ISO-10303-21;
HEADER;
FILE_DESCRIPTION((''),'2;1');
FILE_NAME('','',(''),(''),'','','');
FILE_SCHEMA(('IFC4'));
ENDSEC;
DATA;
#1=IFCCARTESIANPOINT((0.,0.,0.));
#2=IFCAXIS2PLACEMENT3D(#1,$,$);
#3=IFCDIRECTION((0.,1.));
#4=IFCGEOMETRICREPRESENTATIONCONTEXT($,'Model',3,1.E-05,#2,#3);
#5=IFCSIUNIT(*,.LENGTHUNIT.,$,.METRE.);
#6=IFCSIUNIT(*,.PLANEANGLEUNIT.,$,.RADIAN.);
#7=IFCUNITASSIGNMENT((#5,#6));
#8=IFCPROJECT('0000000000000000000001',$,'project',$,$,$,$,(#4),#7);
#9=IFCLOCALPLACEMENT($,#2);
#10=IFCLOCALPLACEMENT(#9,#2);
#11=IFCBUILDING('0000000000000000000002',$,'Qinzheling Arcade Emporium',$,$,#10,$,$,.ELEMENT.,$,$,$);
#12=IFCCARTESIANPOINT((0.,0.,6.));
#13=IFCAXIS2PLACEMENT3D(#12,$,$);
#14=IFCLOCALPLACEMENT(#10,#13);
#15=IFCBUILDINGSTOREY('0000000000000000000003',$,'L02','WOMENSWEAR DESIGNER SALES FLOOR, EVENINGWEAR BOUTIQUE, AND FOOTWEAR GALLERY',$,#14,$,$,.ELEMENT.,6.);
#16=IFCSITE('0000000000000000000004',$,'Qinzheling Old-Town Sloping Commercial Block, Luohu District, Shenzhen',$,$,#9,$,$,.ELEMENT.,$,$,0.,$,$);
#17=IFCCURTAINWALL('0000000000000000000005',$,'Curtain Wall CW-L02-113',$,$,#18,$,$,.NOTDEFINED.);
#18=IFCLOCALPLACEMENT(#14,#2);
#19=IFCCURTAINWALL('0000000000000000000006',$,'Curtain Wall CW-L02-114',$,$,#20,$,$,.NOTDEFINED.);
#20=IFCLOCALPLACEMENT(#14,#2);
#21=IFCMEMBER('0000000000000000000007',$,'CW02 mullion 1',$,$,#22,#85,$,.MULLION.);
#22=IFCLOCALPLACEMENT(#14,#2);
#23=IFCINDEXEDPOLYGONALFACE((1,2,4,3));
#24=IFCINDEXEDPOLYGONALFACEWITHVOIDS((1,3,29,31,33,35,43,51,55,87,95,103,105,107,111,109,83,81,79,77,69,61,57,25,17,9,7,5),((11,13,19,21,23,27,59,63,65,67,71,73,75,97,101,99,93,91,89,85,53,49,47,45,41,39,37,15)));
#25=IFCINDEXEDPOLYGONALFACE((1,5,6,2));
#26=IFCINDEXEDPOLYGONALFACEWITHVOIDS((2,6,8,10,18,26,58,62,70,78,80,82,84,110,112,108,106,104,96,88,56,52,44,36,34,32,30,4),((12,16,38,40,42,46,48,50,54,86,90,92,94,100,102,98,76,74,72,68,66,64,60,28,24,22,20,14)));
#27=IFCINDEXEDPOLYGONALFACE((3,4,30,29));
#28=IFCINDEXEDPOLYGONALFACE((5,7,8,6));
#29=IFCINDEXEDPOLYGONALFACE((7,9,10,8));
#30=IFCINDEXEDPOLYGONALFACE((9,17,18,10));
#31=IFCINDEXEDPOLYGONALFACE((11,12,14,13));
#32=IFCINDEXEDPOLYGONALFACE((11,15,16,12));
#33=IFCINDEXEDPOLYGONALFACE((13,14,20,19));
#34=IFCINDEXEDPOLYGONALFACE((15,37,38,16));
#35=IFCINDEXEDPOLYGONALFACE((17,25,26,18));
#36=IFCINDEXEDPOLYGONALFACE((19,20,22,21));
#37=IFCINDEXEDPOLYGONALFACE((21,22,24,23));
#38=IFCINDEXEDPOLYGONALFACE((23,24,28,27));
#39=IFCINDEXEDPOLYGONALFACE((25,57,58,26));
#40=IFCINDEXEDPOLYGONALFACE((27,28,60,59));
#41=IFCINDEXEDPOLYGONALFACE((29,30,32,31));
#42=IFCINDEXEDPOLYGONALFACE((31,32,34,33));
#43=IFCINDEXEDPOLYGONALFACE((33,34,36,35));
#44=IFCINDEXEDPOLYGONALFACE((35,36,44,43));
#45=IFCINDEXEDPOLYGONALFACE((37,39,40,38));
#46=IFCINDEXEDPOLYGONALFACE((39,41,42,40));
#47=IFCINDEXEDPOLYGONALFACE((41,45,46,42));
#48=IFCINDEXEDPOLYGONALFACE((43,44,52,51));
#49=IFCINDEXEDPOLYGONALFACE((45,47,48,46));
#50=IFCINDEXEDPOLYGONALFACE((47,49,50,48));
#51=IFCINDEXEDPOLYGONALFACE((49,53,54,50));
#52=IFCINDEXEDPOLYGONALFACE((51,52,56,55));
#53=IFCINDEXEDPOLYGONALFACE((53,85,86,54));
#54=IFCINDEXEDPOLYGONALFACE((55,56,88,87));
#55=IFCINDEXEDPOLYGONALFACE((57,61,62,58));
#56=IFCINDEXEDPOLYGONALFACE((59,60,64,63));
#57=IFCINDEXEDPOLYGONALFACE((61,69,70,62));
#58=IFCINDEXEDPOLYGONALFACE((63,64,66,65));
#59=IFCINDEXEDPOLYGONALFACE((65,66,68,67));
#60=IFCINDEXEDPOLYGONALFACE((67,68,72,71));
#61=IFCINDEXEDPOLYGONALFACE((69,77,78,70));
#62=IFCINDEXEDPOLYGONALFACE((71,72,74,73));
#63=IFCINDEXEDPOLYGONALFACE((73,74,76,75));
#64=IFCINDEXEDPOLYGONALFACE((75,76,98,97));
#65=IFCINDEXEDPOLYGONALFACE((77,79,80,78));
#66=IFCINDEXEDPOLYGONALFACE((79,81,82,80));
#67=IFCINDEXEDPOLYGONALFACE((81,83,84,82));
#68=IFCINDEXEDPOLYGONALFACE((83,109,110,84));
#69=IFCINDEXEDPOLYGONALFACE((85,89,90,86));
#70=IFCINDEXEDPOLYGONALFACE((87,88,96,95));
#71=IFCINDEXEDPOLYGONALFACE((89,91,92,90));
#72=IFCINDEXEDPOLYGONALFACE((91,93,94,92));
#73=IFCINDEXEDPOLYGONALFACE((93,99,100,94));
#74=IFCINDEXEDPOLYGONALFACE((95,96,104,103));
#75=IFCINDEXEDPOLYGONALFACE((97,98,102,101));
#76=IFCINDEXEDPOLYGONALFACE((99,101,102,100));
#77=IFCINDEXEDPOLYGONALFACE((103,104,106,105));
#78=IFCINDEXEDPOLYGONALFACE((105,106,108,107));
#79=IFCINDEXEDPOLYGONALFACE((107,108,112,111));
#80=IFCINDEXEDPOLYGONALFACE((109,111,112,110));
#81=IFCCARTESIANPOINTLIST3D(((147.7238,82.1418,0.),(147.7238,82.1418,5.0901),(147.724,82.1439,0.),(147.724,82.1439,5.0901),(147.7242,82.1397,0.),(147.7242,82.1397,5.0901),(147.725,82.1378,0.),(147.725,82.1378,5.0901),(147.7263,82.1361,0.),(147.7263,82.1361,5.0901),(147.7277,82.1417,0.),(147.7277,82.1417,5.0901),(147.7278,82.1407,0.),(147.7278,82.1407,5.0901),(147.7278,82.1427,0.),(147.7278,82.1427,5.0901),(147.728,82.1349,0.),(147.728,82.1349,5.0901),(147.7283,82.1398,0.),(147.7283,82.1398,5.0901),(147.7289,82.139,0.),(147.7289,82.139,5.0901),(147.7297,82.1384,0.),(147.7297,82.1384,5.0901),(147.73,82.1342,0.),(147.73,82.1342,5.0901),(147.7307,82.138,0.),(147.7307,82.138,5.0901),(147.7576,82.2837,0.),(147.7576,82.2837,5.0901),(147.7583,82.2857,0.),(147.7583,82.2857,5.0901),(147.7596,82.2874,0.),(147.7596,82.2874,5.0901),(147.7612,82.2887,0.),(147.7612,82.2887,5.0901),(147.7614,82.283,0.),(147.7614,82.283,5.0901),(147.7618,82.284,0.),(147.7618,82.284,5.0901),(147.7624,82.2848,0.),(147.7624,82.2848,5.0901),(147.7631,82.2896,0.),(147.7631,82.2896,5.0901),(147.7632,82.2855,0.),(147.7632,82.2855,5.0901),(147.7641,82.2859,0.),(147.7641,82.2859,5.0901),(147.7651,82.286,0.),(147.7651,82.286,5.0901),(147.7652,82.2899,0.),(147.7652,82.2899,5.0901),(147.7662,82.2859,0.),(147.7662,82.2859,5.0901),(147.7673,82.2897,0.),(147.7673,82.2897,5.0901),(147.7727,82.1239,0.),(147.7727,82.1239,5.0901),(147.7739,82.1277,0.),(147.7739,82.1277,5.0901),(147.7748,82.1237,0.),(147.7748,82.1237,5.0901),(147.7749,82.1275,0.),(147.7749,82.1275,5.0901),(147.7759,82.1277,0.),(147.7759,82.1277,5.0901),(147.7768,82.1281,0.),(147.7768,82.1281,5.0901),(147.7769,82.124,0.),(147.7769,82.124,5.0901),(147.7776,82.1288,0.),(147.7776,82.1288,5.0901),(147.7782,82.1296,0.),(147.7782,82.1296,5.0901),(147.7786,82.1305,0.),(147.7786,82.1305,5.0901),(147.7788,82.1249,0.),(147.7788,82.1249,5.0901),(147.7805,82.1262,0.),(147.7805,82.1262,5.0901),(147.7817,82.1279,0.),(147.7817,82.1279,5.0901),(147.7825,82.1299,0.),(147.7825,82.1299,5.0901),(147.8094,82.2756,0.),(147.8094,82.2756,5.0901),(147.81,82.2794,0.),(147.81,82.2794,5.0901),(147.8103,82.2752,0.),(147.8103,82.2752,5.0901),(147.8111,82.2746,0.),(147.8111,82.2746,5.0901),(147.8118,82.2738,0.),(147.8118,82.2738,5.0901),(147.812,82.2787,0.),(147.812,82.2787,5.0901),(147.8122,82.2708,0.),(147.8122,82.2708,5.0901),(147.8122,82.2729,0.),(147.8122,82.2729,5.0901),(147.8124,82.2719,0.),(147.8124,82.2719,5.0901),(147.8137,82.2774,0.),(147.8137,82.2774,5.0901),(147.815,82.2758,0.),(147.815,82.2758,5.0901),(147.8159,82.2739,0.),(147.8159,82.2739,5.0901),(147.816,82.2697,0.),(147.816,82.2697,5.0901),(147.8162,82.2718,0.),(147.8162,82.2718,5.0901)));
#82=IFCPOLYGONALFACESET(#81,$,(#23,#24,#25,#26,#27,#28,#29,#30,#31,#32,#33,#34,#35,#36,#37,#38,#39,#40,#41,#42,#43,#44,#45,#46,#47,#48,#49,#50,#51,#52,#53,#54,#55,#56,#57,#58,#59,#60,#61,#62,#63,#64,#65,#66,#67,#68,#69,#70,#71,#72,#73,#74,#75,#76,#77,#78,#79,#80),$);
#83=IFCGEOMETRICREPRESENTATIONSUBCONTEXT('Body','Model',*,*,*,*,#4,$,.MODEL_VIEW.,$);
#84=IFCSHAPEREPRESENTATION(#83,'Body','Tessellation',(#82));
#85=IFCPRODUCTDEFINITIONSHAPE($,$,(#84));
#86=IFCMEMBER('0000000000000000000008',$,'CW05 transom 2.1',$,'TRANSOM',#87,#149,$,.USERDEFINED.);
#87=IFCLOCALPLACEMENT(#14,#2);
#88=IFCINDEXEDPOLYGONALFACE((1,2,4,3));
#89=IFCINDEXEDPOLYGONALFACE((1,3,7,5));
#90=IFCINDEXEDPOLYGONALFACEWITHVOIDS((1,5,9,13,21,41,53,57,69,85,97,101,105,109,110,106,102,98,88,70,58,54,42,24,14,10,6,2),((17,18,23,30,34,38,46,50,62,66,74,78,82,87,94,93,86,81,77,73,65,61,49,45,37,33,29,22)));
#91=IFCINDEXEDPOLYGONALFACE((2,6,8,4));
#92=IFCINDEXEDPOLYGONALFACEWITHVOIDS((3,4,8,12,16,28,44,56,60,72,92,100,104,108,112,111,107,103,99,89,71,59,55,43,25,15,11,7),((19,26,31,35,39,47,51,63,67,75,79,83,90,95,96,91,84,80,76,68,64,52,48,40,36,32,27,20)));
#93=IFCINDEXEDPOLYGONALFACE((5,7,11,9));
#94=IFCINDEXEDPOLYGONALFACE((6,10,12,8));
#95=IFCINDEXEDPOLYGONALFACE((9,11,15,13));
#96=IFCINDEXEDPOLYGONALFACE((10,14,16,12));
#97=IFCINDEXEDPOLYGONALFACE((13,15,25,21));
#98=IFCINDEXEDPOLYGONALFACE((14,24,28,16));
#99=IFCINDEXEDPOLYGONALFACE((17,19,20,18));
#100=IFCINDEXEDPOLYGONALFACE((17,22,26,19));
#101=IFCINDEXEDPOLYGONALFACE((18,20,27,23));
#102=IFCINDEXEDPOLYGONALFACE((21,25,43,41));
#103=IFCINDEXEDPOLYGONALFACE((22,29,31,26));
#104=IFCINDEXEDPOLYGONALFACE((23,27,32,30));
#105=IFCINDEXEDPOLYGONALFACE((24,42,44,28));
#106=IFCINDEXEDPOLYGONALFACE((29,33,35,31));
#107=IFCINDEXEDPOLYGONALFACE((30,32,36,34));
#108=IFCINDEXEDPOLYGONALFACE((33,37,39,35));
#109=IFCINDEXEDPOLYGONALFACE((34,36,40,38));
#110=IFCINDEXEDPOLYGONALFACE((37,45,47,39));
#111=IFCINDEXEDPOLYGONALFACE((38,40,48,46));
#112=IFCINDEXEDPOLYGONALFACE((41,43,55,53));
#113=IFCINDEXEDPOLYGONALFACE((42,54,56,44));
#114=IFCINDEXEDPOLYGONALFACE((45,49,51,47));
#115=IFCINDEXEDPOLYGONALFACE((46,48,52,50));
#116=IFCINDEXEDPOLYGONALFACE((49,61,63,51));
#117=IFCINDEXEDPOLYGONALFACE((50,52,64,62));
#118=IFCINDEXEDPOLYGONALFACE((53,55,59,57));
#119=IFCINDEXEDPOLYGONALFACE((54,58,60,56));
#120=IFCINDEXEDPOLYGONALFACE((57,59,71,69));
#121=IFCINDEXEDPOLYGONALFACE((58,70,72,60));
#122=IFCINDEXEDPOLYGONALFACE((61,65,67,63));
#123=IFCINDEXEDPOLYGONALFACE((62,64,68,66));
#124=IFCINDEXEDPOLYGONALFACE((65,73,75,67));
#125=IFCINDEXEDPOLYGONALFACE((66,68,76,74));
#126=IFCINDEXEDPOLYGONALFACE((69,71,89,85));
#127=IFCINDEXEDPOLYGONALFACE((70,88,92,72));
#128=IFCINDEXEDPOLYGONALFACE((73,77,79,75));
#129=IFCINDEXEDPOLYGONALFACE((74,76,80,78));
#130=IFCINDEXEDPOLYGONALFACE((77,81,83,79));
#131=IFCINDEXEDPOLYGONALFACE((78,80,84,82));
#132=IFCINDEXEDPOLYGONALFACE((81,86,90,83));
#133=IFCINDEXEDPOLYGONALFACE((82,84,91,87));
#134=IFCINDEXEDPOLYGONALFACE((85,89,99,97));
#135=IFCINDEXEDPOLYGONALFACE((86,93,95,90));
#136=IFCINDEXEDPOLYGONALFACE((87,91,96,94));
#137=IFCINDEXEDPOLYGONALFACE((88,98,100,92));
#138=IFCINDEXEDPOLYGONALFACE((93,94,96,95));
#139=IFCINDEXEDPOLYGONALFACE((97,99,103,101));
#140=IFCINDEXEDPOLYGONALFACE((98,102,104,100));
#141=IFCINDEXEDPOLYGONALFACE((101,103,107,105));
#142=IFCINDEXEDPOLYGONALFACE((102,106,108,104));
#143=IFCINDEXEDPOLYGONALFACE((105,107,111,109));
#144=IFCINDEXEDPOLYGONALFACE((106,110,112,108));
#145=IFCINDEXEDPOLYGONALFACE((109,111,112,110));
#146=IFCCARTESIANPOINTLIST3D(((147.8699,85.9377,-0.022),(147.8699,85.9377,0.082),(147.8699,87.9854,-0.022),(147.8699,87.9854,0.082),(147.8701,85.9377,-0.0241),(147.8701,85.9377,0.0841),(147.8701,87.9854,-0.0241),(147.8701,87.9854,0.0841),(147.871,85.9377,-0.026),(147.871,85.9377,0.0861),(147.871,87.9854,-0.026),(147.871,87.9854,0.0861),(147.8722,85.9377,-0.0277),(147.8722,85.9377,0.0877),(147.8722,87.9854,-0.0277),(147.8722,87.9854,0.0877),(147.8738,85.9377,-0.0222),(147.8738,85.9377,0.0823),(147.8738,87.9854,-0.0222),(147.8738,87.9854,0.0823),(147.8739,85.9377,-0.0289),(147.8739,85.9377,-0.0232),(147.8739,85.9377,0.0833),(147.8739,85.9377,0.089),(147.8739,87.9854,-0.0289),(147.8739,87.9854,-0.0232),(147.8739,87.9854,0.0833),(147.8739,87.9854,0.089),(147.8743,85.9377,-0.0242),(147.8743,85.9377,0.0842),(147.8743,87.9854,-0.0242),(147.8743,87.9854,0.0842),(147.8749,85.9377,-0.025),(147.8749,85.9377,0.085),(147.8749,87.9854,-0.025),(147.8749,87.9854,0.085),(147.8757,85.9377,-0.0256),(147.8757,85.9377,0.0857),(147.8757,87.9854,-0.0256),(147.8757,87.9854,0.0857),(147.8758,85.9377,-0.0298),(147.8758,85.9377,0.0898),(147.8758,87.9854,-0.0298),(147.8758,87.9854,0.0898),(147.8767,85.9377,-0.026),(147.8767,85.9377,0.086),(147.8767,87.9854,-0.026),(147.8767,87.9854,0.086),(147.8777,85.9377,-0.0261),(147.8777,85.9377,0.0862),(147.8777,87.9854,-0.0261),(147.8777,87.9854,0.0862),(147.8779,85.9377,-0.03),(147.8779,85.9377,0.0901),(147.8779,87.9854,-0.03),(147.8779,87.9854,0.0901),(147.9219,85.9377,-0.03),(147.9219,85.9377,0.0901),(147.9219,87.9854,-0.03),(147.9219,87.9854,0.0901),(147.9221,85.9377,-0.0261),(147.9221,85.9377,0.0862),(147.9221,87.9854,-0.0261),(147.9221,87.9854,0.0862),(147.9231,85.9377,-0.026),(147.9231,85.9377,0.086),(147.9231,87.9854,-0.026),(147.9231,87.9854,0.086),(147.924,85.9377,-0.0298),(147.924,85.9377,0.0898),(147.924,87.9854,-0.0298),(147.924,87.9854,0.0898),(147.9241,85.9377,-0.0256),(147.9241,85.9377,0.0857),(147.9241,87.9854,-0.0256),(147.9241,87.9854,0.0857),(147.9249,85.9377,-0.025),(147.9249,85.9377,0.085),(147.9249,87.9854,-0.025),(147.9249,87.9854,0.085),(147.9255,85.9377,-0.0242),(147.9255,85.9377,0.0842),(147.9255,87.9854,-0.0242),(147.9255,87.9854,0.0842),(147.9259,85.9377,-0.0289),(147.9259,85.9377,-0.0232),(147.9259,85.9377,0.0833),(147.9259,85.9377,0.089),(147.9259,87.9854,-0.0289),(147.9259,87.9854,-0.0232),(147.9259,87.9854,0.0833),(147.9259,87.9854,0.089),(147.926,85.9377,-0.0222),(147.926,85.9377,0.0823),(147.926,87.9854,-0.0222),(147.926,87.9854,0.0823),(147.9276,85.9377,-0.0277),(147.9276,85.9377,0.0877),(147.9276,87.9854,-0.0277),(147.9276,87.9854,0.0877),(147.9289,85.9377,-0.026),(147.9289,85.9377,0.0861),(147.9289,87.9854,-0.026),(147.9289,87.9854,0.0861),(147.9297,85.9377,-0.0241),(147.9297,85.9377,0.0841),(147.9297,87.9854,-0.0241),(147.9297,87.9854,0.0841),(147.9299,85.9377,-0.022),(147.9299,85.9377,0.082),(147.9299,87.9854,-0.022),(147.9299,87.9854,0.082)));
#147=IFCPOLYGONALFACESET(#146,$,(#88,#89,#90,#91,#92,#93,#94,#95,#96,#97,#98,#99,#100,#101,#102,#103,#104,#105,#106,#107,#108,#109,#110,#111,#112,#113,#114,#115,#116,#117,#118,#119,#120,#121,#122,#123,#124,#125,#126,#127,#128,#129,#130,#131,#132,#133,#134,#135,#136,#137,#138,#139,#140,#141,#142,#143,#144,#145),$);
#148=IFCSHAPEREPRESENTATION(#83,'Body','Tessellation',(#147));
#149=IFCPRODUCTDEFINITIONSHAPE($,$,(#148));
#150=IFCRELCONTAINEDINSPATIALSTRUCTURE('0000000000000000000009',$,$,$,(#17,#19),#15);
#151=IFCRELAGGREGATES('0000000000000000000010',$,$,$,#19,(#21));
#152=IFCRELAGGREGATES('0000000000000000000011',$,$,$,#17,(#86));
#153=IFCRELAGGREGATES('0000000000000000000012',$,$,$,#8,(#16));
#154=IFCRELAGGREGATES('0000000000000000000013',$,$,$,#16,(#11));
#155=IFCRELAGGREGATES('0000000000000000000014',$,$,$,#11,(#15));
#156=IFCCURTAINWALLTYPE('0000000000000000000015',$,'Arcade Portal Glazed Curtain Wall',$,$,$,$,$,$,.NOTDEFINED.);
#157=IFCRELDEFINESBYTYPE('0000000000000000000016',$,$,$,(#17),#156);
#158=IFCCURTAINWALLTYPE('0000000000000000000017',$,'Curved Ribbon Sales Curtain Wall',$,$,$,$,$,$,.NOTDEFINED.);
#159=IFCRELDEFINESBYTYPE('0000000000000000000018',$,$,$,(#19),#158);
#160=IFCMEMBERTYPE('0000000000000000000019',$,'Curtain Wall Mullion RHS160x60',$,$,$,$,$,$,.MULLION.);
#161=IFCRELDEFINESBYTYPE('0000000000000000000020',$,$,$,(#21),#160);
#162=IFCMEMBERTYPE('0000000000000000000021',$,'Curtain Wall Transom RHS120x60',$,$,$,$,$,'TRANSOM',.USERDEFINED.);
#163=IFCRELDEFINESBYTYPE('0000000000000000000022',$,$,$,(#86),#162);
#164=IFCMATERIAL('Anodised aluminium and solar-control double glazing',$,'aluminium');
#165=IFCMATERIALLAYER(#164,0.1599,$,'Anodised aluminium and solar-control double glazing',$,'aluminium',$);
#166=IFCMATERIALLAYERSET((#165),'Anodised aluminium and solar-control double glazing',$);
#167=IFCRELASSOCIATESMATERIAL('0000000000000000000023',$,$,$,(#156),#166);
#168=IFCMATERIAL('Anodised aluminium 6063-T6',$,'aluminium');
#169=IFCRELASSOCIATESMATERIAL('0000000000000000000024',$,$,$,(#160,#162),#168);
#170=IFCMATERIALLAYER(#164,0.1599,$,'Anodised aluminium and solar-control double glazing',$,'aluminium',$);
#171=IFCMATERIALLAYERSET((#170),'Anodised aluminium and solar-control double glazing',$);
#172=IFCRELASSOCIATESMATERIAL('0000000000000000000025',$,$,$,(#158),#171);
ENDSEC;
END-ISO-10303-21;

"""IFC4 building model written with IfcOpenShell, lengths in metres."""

from ifc_helpers import new_model, si_unit, direction, frame, origin, origin_2d, place, context, subcontext, project, spatial, hollow_rectangle, extrude, material, layer, layer_set, material_profile, profile_set, type_object, element, aggregate, save


model = new_model("IFC4")

# Units and contexts
model_context = context("Model", 3, precision=1e-05, world=origin(), true_north=direction((0.0, 1.0)))
body_context = subcontext(model_context, "Body", "Model", "MODEL_VIEW")
ifc_project = project(units=[si_unit("LENGTHUNIT", "METRE"), si_unit("PLANEANGLEUNIT", "RADIAN")], contexts=[model_context])

# Site, building, storey
site_placement = place(None, origin())
site = spatial("IfcSite", under=ifc_project, at=site_placement, Name="Qinzheling Old-Town Sloping Commercial Block, Luohu District, Shenzhen", CompositionType="ELEMENT", RefElevation=0.0)
building_placement = place(site_placement, origin())
building = spatial("IfcBuilding", under=site, at=building_placement, Name="Qinzheling Arcade Emporium", CompositionType="ELEMENT")
storey_placement = place(building_placement, frame((0.0, 0.0, 6.0)))
storey = spatial("IfcBuildingStorey", under=building, at=storey_placement, Name="L02", Description="WOMENSWEAR DESIGNER SALES FLOOR, EVENINGWEAR BOUTIQUE, AND FOOTWEAR GALLERY", CompositionType="ELEMENT", Elevation=6.0)

# Curtain wall
ifc_material_1 = material(Name="Anodised aluminium and solar-control double glazing", Category="aluminium")
ifc_layer_1 = layer(ifc_material_1, 0.1599, Name="Anodised aluminium and solar-control double glazing", Category="aluminium")
ifc_layer_set_1 = layer_set([ifc_layer_1], Name="Anodised aluminium and solar-control double glazing")
curtain_wall_type_1 = type_object("IfcCurtainWallType", Name="Arcade Portal Glazed Curtain Wall", PredefinedType="NOTDEFINED", material=ifc_layer_set_1)
curtain_wall_1_placement = place(storey_placement, origin())
curtain_wall_1 = element("IfcCurtainWall", 1, at=curtain_wall_1_placement, inside=storey, type_object=curtain_wall_type_1, Name="Curtain Wall CW-L02-113", PredefinedType="NOTDEFINED")
ifc_material_2 = material(Name="Anodised aluminium 6063-T6", Category="aluminium")
ifc_material_profile_1 = material_profile(ifc_material_2, hollow_rectangle(XDim=0.0601, YDim=0.1599, WallThickness=0.0039, InnerFilletRadius=0.0039, OuterFilletRadius=0.0081, at=origin_2d()), Name="RHS 160x60x4", Category="aluminium")
ifc_profile_set_1 = profile_set([ifc_material_profile_1], Name="Anodised aluminium 6063-T6")
member_type_1 = type_object("IfcMemberType", Name="Curtain Wall Mullion RHS160x60", PredefinedType="MULLION", material=ifc_profile_set_1)

# Curtain wall, member
ifc_layer_2 = layer(ifc_material_1, 0.1599, Name="Anodised aluminium and solar-control double glazing", Category="aluminium")
ifc_layer_set_2 = layer_set([ifc_layer_2], Name="Anodised aluminium and solar-control double glazing")
curtain_wall_type_2 = type_object("IfcCurtainWallType", Name="Curved Ribbon Sales Curtain Wall", PredefinedType="NOTDEFINED", material=ifc_layer_set_2)
curtain_wall_2_placement = place(storey_placement, origin())
curtain_wall_2 = element("IfcCurtainWall", 2, at=curtain_wall_2_placement, inside=storey, type_object=curtain_wall_type_2, Name="Curtain Wall CW-L02-114", PredefinedType="NOTDEFINED")
member_1_placement = place(storey_placement, frame((147.77, 82.2068, 0.0), z_axis=(0.0, 0.0, 1.0), x_axis=(0.972422, -0.233228, 0.0)))
member_1 = element("IfcMember", 3, at=member_1_placement, type_object=member_type_1, Name="CW02 mullion 1", PredefinedType="MULLION", context=body_context, shape_type="SweptSolid", body=[
    extrude(hollow_rectangle(XDim=0.0601, YDim=0.1599, WallThickness=0.0039, InnerFilletRadius=0.0039, OuterFilletRadius=0.0081, at=origin_2d()), origin(), (0.0, 0.0, 1.0), 5.0901),
])

# Member
ifc_material_profile_2 = material_profile(ifc_material_2, hollow_rectangle(XDim=0.0601, YDim=0.1201, WallThickness=0.0039, InnerFilletRadius=0.0039, OuterFilletRadius=0.0081, at=origin_2d()), Name="RHS 120x60x4", Category="aluminium")
ifc_profile_set_2 = profile_set([ifc_material_profile_2], Name="Anodised aluminium 6063-T6")
member_type_2 = type_object("IfcMemberType", Name="Curtain Wall Transom RHS120x60", ElementType="TRANSOM", PredefinedType="USERDEFINED", material=ifc_profile_set_2)
member_2_placement = place(storey_placement, frame((147.8999, 87.9854, 0.03), z_axis=(0.0, -1.0, 0.0), x_axis=(1.0, 0.0, 0.0)))
member_2 = element("IfcMember", 4, at=member_2_placement, type_object=member_type_2, Name="CW05 transom 2.1", ObjectType="TRANSOM", PredefinedType="USERDEFINED", context=body_context, shape_type="SweptSolid", body=[
    extrude(hollow_rectangle(XDim=0.0601, YDim=0.1201, WallThickness=0.0039, InnerFilletRadius=0.0039, OuterFilletRadius=0.0081, at=origin_2d()), origin(), (0.0, 0.0, 1.0), 2.0476),
])
aggregate(curtain_wall_2, [member_1])

aggregate(curtain_wall_1, [member_2])

save(model, "model.ifc")
